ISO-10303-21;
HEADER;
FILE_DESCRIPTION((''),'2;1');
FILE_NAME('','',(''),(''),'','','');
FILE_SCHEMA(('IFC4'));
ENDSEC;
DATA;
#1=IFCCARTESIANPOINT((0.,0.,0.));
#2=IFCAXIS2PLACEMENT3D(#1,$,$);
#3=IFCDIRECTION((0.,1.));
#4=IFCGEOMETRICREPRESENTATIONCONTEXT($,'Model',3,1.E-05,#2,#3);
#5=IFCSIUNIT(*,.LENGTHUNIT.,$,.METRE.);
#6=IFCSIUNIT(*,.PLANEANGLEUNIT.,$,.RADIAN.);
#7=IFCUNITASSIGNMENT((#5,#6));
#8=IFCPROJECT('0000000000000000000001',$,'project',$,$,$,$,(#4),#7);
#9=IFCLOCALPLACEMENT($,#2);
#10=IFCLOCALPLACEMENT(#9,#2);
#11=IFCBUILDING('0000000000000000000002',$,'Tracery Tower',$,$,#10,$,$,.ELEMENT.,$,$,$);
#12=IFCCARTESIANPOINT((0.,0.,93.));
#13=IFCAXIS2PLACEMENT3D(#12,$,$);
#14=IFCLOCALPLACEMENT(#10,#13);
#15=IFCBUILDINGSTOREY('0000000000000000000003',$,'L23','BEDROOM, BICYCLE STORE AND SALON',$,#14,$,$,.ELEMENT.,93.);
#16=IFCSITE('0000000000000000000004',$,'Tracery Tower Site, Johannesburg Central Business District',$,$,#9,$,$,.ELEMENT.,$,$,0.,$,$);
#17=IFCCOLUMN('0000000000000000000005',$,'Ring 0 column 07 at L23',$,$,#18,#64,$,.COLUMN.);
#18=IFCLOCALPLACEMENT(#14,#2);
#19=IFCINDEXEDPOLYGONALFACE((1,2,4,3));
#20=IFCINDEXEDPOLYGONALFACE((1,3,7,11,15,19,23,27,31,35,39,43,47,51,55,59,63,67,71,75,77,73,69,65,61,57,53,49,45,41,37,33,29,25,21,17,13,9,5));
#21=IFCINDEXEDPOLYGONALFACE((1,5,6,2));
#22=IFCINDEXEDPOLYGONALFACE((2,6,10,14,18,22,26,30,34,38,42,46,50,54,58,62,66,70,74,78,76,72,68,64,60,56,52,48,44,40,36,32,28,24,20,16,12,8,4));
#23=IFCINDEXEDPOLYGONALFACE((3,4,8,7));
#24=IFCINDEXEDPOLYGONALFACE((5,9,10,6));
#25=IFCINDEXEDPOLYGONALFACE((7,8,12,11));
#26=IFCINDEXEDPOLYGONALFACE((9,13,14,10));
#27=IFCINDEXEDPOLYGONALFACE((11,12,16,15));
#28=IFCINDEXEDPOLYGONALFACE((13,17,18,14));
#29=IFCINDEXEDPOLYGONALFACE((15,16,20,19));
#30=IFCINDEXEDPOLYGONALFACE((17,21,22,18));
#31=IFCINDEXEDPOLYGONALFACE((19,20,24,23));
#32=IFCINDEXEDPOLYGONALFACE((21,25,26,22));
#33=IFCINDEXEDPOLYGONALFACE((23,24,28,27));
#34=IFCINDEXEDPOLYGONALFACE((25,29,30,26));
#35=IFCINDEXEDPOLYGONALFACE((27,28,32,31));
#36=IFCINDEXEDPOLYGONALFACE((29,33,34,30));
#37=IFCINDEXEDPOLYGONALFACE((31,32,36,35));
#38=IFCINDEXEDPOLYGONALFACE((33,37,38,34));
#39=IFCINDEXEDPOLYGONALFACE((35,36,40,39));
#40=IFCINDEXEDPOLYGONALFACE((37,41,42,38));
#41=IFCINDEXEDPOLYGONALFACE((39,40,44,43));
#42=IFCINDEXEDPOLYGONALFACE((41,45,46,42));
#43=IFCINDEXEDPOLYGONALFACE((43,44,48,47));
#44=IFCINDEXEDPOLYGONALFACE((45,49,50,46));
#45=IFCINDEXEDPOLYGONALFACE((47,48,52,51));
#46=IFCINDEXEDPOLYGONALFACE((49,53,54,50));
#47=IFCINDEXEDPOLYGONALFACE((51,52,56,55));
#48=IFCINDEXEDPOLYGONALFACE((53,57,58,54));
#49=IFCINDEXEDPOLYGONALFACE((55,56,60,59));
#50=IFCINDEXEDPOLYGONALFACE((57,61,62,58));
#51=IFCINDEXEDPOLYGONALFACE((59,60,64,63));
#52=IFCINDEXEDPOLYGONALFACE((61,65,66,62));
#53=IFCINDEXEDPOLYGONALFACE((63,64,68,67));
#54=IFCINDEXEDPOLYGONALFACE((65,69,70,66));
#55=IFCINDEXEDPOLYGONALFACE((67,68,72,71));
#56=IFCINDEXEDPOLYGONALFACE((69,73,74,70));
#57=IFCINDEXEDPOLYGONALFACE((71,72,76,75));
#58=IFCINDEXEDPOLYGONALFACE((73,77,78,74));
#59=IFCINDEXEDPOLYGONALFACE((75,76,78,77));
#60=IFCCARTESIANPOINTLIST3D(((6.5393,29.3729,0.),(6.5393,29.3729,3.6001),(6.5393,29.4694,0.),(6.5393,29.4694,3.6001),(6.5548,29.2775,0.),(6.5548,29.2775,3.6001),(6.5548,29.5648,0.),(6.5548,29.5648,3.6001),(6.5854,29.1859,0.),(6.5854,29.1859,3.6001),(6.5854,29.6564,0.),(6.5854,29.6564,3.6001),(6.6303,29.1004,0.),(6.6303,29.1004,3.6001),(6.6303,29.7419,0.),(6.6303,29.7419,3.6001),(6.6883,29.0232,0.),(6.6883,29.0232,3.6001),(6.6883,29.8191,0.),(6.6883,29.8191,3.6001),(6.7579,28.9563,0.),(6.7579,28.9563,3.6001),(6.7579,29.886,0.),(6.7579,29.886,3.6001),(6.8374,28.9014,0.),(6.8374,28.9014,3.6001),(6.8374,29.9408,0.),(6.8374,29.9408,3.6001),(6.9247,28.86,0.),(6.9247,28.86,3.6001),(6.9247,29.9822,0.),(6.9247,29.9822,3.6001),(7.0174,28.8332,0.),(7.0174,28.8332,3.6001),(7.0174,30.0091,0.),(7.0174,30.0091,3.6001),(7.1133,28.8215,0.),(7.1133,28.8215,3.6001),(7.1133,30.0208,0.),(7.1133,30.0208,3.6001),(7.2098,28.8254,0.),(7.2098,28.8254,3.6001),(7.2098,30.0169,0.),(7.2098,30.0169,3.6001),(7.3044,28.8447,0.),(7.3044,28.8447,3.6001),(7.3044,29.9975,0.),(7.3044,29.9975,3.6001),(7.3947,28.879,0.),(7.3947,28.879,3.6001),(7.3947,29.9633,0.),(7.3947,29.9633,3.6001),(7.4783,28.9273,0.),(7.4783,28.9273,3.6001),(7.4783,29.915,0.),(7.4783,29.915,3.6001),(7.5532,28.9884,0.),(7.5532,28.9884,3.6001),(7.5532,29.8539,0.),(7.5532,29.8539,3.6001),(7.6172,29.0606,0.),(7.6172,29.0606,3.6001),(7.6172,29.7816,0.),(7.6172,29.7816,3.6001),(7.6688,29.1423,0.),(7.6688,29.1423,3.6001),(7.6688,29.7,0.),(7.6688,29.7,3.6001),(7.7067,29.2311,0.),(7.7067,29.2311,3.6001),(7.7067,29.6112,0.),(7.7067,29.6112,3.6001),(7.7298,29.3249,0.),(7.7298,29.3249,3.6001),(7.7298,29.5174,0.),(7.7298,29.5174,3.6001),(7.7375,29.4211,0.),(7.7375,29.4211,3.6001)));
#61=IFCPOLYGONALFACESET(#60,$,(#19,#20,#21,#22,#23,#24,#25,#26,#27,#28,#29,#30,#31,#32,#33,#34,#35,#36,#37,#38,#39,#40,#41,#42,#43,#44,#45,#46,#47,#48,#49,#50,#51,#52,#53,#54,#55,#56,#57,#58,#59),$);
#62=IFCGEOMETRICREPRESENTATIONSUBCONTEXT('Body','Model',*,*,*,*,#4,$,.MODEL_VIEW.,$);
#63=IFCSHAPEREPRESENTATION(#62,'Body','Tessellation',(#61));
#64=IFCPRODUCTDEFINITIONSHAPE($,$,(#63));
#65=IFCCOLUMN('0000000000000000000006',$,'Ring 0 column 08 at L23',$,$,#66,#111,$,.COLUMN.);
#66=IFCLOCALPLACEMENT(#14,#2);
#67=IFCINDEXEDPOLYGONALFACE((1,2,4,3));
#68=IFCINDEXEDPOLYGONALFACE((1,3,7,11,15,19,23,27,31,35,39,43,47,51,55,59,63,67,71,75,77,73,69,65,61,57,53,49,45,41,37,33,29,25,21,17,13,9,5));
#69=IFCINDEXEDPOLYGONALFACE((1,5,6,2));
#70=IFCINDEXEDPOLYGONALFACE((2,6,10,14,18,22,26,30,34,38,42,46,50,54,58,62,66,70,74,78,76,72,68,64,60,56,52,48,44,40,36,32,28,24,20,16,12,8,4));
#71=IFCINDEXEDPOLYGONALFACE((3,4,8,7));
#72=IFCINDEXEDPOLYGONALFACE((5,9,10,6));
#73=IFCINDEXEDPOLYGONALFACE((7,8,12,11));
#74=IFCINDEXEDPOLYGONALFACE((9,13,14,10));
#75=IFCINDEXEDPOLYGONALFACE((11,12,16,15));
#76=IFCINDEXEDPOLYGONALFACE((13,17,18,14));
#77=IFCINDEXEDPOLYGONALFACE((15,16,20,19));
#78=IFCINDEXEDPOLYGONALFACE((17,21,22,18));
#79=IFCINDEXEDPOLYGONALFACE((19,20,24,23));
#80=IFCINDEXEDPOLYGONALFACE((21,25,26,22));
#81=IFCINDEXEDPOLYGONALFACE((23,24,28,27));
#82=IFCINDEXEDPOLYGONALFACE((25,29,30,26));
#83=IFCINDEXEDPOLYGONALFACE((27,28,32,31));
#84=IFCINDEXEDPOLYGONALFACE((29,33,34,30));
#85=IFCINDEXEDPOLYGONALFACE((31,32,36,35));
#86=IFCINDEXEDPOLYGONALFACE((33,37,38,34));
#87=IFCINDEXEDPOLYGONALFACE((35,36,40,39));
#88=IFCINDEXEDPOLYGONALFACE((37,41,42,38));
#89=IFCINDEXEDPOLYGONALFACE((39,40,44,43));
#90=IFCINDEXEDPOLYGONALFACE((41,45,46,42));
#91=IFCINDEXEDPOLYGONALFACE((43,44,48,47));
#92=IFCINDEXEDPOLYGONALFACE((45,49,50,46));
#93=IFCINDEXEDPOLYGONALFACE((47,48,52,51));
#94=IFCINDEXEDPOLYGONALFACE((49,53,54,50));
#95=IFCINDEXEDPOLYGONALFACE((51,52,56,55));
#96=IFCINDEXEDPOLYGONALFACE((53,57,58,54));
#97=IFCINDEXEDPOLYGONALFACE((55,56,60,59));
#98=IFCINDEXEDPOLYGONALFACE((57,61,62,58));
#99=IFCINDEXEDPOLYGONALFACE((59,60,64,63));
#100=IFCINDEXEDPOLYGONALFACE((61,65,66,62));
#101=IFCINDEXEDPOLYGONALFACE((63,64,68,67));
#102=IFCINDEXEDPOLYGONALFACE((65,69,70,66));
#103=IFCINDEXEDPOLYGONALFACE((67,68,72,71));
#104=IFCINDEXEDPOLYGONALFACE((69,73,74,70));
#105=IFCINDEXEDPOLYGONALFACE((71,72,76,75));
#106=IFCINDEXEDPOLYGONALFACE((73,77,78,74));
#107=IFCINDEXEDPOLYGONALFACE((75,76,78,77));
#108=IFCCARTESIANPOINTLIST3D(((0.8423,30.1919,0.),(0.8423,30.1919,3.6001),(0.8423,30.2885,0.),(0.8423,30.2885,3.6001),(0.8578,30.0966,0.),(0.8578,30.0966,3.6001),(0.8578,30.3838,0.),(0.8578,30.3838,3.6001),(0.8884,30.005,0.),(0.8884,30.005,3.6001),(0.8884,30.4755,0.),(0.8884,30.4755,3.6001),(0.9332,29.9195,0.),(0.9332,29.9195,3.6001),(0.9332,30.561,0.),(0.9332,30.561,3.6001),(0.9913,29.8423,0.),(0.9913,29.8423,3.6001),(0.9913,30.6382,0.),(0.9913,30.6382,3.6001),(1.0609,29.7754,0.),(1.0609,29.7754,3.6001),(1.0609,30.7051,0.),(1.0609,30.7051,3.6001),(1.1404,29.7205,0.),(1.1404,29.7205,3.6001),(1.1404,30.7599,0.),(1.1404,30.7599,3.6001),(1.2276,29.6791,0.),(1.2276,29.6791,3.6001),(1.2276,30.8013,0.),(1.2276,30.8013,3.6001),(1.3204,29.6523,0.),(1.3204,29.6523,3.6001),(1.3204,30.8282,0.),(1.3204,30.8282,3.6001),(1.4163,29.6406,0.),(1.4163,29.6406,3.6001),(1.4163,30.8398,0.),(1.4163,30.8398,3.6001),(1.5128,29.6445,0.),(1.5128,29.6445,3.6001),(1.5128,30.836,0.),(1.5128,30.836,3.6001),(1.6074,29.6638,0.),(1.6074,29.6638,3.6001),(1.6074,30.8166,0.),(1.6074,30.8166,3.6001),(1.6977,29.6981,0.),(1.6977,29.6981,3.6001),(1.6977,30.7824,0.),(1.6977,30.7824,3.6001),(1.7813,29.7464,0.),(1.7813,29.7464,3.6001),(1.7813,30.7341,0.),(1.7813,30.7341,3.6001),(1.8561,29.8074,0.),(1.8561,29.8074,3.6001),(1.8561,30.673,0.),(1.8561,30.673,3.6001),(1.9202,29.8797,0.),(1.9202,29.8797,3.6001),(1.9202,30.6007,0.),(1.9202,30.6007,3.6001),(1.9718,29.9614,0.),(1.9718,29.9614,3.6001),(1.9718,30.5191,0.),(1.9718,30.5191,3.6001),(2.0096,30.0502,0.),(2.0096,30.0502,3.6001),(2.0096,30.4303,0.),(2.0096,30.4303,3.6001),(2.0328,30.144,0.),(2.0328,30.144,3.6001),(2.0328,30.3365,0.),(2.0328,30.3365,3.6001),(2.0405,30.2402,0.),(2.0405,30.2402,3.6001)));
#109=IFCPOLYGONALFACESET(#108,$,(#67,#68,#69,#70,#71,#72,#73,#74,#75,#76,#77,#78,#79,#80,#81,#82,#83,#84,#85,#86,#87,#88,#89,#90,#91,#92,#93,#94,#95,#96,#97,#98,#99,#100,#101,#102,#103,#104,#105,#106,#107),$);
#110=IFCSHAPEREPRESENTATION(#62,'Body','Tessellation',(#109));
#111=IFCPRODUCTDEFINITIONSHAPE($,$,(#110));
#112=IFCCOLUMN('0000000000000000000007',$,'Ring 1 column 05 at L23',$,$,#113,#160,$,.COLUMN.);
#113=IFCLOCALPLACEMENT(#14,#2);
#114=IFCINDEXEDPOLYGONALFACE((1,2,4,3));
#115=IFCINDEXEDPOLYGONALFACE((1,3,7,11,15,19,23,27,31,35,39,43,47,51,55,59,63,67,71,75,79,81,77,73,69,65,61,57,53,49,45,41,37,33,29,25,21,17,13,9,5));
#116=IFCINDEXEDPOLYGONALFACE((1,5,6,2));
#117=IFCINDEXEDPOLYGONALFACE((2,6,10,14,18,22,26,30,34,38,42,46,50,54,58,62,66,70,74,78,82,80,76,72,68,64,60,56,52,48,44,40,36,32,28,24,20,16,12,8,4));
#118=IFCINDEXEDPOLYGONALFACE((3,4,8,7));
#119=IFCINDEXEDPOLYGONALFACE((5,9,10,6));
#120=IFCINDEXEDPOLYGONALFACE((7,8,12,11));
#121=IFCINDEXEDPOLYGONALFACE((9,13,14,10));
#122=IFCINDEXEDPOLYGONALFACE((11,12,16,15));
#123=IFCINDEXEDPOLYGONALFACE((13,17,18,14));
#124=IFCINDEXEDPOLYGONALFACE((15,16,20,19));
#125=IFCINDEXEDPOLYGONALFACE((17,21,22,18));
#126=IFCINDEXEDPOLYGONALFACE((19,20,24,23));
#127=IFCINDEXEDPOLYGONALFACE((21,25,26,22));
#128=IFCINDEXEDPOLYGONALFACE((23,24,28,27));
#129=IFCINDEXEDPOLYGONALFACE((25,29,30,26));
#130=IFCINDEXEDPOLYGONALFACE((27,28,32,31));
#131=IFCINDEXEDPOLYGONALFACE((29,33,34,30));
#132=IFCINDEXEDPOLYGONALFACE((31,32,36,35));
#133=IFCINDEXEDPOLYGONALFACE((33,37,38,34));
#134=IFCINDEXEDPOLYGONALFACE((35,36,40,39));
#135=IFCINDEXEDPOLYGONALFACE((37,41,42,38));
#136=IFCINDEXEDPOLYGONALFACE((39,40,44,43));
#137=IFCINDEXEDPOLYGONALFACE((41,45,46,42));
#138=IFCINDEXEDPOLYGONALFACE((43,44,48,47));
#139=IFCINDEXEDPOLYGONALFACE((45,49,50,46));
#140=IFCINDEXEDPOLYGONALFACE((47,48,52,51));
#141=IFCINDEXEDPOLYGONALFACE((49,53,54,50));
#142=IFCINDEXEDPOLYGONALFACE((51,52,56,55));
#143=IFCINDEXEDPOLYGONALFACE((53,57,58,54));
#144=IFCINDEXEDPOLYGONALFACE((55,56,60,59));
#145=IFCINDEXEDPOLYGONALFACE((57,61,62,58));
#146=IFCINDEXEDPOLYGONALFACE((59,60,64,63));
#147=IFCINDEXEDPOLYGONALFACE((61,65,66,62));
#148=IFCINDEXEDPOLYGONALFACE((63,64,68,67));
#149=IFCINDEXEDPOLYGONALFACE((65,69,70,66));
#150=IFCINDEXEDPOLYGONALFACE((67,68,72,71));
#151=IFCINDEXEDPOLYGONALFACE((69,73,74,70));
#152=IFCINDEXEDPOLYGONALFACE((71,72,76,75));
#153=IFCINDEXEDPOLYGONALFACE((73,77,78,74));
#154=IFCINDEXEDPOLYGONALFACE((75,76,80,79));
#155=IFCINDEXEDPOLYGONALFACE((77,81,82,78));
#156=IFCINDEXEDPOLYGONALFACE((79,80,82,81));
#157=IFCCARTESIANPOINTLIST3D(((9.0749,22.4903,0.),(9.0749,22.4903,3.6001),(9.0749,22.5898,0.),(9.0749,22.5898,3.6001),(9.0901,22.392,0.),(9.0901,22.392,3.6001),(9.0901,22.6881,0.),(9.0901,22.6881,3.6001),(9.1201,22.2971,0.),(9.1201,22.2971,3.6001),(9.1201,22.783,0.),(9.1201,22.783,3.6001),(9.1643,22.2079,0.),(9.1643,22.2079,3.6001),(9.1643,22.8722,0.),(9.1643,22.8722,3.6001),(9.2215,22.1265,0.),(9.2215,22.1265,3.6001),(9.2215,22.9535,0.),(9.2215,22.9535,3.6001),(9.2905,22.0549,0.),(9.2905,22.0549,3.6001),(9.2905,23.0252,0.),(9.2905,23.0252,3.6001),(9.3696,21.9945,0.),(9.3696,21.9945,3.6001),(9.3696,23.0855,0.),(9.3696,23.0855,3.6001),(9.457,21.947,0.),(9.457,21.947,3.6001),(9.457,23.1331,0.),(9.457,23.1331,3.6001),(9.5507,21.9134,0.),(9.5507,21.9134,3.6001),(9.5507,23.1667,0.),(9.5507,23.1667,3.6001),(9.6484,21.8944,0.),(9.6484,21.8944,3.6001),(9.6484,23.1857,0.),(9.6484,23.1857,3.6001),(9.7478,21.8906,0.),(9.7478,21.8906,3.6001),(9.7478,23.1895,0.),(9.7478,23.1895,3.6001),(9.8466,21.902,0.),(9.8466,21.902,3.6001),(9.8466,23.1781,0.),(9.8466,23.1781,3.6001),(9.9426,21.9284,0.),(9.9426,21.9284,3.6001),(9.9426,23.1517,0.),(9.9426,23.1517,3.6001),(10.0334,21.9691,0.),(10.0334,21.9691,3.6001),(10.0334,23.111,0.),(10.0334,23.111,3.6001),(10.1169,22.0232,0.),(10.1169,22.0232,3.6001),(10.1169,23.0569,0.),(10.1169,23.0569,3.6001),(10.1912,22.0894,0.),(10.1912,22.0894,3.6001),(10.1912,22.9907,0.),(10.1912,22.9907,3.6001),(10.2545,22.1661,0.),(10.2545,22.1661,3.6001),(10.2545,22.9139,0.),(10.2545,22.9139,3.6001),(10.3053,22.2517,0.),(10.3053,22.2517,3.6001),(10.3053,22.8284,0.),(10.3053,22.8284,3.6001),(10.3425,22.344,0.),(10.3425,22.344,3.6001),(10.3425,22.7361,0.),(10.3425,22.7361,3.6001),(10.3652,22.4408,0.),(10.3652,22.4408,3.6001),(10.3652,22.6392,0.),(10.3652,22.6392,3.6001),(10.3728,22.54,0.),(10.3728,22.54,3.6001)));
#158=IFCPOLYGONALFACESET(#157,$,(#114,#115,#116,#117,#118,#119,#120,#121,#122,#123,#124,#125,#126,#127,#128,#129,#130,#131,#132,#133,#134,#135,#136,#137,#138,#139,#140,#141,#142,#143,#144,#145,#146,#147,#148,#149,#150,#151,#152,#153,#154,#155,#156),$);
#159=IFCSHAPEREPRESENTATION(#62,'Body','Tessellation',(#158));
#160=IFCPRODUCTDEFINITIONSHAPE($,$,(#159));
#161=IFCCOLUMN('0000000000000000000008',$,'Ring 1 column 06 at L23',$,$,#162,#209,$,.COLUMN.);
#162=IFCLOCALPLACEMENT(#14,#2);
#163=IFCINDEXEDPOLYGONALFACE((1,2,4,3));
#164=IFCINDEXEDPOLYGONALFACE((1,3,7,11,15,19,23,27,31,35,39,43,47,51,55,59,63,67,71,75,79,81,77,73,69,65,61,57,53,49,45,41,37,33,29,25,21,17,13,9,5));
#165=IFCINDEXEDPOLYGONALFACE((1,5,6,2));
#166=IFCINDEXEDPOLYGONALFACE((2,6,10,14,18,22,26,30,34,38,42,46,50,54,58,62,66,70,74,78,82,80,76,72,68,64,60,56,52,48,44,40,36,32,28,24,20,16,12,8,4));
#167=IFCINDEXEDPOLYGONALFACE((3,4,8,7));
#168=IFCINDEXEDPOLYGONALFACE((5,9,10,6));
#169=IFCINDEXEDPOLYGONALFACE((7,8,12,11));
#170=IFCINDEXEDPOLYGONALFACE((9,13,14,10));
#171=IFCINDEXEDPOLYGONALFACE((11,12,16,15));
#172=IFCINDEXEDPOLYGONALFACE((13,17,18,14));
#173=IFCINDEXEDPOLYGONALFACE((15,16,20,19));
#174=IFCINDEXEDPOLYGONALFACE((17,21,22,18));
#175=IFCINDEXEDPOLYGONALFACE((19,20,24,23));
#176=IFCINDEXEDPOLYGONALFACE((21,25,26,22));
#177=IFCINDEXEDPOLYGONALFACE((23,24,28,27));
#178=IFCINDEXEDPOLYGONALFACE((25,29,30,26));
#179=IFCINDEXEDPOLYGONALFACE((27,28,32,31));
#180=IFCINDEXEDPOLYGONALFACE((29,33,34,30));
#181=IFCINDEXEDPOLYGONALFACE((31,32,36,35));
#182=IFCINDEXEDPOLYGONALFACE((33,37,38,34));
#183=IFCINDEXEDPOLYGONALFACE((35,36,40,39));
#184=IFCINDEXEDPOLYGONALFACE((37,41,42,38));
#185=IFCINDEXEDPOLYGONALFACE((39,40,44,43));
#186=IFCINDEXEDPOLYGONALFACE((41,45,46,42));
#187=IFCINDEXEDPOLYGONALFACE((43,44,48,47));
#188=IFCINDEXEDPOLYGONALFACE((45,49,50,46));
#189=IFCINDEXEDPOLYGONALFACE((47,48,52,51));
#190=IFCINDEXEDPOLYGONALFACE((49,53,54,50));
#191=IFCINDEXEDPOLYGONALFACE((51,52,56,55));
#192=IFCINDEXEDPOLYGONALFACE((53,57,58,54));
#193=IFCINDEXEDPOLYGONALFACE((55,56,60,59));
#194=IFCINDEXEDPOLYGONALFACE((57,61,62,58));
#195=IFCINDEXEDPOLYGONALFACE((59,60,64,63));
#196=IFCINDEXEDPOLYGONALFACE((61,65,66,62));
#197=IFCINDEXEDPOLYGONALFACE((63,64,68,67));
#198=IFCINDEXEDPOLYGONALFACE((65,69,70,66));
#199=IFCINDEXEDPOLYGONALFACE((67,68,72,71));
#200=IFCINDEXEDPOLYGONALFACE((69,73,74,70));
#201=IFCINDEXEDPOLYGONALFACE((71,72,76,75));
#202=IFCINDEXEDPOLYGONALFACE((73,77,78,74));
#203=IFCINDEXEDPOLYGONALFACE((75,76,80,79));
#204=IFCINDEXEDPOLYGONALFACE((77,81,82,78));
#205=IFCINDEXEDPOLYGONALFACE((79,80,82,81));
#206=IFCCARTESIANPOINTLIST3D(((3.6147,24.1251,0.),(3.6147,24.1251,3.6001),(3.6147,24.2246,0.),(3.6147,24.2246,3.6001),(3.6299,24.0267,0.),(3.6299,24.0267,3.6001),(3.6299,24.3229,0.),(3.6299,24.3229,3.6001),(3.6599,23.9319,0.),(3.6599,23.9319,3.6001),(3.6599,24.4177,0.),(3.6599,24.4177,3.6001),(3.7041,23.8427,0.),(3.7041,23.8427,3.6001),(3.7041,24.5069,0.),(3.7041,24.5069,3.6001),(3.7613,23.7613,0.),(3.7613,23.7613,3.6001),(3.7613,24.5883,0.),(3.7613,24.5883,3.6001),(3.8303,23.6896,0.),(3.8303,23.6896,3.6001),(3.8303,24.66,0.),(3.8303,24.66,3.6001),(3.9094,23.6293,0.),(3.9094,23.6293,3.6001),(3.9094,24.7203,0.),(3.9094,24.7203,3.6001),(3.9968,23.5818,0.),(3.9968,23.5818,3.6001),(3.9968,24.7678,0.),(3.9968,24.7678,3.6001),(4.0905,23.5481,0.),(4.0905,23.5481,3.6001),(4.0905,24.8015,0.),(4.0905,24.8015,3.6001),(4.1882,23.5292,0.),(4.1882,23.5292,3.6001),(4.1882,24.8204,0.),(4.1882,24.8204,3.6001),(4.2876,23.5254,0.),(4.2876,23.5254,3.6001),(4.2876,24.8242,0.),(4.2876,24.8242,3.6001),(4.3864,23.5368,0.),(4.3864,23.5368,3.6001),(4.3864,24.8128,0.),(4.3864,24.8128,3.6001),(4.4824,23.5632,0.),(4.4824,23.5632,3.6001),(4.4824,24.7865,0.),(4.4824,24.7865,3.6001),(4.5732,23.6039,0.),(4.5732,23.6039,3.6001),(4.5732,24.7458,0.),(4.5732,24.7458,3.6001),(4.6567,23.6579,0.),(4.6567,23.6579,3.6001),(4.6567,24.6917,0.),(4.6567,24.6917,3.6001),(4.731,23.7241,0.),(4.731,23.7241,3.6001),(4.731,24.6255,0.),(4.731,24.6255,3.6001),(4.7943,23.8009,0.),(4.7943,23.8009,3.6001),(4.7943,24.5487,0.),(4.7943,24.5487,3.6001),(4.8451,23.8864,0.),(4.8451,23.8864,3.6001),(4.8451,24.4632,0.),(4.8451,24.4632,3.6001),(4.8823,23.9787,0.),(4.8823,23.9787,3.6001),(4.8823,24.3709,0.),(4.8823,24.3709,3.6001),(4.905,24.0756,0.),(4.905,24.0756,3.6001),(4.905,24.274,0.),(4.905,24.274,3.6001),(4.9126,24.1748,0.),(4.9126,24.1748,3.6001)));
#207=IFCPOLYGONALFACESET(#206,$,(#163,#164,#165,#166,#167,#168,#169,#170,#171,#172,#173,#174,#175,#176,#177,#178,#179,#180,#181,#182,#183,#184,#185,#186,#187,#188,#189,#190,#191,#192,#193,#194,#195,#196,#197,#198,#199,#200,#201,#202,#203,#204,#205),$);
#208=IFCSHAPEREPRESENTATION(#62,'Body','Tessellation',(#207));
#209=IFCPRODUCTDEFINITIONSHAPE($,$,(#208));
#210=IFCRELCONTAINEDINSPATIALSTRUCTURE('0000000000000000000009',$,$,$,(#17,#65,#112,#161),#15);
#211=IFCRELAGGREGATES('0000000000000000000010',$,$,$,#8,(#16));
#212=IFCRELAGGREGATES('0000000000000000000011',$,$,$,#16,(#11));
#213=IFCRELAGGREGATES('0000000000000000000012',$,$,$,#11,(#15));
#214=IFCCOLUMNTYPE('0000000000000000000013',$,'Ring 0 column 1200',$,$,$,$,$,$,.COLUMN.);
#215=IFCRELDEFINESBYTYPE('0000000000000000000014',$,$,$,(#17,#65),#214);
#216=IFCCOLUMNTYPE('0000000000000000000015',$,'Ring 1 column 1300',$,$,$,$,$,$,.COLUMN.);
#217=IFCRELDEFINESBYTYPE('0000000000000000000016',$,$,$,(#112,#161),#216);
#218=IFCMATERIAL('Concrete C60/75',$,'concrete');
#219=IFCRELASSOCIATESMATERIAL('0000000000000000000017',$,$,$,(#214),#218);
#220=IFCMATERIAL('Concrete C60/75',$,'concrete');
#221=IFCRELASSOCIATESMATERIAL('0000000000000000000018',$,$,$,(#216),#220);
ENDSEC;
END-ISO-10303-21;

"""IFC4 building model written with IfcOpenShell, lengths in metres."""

from ifc_helpers import new_model, si_unit, direction, frame, origin, origin_2d, place, context, subcontext, project, spatial, circle, extrude, material, material_profile, profile_set, type_object, element, save


model = new_model("IFC4")

# Units and contexts
model_context = context("Model", 3, precision=1e-05, world=origin(), true_north=direction((0.0, 1.0)))
body_context = subcontext(model_context, "Body", "Model", "MODEL_VIEW")
ifc_project = project(units=[si_unit("LENGTHUNIT", "METRE"), si_unit("PLANEANGLEUNIT", "RADIAN")], contexts=[model_context])

# Site, building, storey
site_placement = place(None, origin())
site = spatial("IfcSite", under=ifc_project, at=site_placement, Name="Tracery Tower Site, Johannesburg Central Business District", CompositionType="ELEMENT", RefElevation=0.0)
building_placement = place(site_placement, origin())
building = spatial("IfcBuilding", under=site, at=building_placement, Name="Tracery Tower", CompositionType="ELEMENT")
storey_placement = place(building_placement, frame((0.0, 0.0, 93.0)))
storey = spatial("IfcBuildingStorey", under=building, at=storey_placement, Name="L23", Description="BEDROOM, BICYCLE STORE AND SALON", CompositionType="ELEMENT", Elevation=93.0)

# Columns
ifc_material_1 = material(Name="Concrete C60/75", Category="concrete")
ifc_material_profile_1 = material_profile(ifc_material_1, circle(Radius=0.6001, at=origin_2d()), Name="RC D1200")
ifc_profile_set_1 = profile_set([ifc_material_profile_1], Name="Concrete C60/75")
column_type_1 = type_object("IfcColumnType", Name="Ring 0 column 1200", PredefinedType="COLUMN", material=ifc_profile_set_1)
for number, where, z_axis, x_axis, name in (
    (1, (7.1375, 29.4211, 0.0), (0.0, 0.0, 1.0), (1.0, 0.0, 0.0), "Ring 0 column 07 at L23"),
    (2, (1.4404, 30.2402, 0.0), (0.0, 0.0, 1.0), (1.0, 0.0, 0.0), "Ring 0 column 08 at L23"),
):
    element("IfcColumn", number, at=place(storey_placement, frame(where, z_axis=z_axis, x_axis=x_axis)), inside=storey, type_object=column_type_1, Name=name, PredefinedType="COLUMN", context=body_context, shape_type="SweptSolid", body=[
        extrude(circle(Radius=0.6001, at=origin_2d()), origin(), (0.0, 0.0, 1.0), 3.6001),
    ])
ifc_material_2 = material(Name="Concrete C60/75", Category="concrete")
ifc_material_profile_2 = material_profile(ifc_material_2, circle(Radius=0.6499, at=origin_2d()), Name="RC D1300")
ifc_profile_set_2 = profile_set([ifc_material_profile_2], Name="Concrete C60/75")
column_type_2 = type_object("IfcColumnType", Name="Ring 1 column 1300", PredefinedType="COLUMN", material=ifc_profile_set_2)
for number, where, z_axis, x_axis, name in (
    (3, (9.7229, 22.54, 0.0), (0.0, 0.0, 1.0), (1.0, 0.0, 0.0), "Ring 1 column 05 at L23"),
    (4, (4.2627, 24.1748, 0.0), (0.0, 0.0, 1.0), (1.0, 0.0, 0.0), "Ring 1 column 06 at L23"),
):
    element("IfcColumn", number, at=place(storey_placement, frame(where, z_axis=z_axis, x_axis=x_axis)), inside=storey, type_object=column_type_2, Name=name, PredefinedType="COLUMN", context=body_context, shape_type="SweptSolid", body=[
        extrude(circle(Radius=0.6499, at=origin_2d()), origin(), (0.0, 0.0, 1.0), 3.6001),
    ])

save(model, "model.ifc")
